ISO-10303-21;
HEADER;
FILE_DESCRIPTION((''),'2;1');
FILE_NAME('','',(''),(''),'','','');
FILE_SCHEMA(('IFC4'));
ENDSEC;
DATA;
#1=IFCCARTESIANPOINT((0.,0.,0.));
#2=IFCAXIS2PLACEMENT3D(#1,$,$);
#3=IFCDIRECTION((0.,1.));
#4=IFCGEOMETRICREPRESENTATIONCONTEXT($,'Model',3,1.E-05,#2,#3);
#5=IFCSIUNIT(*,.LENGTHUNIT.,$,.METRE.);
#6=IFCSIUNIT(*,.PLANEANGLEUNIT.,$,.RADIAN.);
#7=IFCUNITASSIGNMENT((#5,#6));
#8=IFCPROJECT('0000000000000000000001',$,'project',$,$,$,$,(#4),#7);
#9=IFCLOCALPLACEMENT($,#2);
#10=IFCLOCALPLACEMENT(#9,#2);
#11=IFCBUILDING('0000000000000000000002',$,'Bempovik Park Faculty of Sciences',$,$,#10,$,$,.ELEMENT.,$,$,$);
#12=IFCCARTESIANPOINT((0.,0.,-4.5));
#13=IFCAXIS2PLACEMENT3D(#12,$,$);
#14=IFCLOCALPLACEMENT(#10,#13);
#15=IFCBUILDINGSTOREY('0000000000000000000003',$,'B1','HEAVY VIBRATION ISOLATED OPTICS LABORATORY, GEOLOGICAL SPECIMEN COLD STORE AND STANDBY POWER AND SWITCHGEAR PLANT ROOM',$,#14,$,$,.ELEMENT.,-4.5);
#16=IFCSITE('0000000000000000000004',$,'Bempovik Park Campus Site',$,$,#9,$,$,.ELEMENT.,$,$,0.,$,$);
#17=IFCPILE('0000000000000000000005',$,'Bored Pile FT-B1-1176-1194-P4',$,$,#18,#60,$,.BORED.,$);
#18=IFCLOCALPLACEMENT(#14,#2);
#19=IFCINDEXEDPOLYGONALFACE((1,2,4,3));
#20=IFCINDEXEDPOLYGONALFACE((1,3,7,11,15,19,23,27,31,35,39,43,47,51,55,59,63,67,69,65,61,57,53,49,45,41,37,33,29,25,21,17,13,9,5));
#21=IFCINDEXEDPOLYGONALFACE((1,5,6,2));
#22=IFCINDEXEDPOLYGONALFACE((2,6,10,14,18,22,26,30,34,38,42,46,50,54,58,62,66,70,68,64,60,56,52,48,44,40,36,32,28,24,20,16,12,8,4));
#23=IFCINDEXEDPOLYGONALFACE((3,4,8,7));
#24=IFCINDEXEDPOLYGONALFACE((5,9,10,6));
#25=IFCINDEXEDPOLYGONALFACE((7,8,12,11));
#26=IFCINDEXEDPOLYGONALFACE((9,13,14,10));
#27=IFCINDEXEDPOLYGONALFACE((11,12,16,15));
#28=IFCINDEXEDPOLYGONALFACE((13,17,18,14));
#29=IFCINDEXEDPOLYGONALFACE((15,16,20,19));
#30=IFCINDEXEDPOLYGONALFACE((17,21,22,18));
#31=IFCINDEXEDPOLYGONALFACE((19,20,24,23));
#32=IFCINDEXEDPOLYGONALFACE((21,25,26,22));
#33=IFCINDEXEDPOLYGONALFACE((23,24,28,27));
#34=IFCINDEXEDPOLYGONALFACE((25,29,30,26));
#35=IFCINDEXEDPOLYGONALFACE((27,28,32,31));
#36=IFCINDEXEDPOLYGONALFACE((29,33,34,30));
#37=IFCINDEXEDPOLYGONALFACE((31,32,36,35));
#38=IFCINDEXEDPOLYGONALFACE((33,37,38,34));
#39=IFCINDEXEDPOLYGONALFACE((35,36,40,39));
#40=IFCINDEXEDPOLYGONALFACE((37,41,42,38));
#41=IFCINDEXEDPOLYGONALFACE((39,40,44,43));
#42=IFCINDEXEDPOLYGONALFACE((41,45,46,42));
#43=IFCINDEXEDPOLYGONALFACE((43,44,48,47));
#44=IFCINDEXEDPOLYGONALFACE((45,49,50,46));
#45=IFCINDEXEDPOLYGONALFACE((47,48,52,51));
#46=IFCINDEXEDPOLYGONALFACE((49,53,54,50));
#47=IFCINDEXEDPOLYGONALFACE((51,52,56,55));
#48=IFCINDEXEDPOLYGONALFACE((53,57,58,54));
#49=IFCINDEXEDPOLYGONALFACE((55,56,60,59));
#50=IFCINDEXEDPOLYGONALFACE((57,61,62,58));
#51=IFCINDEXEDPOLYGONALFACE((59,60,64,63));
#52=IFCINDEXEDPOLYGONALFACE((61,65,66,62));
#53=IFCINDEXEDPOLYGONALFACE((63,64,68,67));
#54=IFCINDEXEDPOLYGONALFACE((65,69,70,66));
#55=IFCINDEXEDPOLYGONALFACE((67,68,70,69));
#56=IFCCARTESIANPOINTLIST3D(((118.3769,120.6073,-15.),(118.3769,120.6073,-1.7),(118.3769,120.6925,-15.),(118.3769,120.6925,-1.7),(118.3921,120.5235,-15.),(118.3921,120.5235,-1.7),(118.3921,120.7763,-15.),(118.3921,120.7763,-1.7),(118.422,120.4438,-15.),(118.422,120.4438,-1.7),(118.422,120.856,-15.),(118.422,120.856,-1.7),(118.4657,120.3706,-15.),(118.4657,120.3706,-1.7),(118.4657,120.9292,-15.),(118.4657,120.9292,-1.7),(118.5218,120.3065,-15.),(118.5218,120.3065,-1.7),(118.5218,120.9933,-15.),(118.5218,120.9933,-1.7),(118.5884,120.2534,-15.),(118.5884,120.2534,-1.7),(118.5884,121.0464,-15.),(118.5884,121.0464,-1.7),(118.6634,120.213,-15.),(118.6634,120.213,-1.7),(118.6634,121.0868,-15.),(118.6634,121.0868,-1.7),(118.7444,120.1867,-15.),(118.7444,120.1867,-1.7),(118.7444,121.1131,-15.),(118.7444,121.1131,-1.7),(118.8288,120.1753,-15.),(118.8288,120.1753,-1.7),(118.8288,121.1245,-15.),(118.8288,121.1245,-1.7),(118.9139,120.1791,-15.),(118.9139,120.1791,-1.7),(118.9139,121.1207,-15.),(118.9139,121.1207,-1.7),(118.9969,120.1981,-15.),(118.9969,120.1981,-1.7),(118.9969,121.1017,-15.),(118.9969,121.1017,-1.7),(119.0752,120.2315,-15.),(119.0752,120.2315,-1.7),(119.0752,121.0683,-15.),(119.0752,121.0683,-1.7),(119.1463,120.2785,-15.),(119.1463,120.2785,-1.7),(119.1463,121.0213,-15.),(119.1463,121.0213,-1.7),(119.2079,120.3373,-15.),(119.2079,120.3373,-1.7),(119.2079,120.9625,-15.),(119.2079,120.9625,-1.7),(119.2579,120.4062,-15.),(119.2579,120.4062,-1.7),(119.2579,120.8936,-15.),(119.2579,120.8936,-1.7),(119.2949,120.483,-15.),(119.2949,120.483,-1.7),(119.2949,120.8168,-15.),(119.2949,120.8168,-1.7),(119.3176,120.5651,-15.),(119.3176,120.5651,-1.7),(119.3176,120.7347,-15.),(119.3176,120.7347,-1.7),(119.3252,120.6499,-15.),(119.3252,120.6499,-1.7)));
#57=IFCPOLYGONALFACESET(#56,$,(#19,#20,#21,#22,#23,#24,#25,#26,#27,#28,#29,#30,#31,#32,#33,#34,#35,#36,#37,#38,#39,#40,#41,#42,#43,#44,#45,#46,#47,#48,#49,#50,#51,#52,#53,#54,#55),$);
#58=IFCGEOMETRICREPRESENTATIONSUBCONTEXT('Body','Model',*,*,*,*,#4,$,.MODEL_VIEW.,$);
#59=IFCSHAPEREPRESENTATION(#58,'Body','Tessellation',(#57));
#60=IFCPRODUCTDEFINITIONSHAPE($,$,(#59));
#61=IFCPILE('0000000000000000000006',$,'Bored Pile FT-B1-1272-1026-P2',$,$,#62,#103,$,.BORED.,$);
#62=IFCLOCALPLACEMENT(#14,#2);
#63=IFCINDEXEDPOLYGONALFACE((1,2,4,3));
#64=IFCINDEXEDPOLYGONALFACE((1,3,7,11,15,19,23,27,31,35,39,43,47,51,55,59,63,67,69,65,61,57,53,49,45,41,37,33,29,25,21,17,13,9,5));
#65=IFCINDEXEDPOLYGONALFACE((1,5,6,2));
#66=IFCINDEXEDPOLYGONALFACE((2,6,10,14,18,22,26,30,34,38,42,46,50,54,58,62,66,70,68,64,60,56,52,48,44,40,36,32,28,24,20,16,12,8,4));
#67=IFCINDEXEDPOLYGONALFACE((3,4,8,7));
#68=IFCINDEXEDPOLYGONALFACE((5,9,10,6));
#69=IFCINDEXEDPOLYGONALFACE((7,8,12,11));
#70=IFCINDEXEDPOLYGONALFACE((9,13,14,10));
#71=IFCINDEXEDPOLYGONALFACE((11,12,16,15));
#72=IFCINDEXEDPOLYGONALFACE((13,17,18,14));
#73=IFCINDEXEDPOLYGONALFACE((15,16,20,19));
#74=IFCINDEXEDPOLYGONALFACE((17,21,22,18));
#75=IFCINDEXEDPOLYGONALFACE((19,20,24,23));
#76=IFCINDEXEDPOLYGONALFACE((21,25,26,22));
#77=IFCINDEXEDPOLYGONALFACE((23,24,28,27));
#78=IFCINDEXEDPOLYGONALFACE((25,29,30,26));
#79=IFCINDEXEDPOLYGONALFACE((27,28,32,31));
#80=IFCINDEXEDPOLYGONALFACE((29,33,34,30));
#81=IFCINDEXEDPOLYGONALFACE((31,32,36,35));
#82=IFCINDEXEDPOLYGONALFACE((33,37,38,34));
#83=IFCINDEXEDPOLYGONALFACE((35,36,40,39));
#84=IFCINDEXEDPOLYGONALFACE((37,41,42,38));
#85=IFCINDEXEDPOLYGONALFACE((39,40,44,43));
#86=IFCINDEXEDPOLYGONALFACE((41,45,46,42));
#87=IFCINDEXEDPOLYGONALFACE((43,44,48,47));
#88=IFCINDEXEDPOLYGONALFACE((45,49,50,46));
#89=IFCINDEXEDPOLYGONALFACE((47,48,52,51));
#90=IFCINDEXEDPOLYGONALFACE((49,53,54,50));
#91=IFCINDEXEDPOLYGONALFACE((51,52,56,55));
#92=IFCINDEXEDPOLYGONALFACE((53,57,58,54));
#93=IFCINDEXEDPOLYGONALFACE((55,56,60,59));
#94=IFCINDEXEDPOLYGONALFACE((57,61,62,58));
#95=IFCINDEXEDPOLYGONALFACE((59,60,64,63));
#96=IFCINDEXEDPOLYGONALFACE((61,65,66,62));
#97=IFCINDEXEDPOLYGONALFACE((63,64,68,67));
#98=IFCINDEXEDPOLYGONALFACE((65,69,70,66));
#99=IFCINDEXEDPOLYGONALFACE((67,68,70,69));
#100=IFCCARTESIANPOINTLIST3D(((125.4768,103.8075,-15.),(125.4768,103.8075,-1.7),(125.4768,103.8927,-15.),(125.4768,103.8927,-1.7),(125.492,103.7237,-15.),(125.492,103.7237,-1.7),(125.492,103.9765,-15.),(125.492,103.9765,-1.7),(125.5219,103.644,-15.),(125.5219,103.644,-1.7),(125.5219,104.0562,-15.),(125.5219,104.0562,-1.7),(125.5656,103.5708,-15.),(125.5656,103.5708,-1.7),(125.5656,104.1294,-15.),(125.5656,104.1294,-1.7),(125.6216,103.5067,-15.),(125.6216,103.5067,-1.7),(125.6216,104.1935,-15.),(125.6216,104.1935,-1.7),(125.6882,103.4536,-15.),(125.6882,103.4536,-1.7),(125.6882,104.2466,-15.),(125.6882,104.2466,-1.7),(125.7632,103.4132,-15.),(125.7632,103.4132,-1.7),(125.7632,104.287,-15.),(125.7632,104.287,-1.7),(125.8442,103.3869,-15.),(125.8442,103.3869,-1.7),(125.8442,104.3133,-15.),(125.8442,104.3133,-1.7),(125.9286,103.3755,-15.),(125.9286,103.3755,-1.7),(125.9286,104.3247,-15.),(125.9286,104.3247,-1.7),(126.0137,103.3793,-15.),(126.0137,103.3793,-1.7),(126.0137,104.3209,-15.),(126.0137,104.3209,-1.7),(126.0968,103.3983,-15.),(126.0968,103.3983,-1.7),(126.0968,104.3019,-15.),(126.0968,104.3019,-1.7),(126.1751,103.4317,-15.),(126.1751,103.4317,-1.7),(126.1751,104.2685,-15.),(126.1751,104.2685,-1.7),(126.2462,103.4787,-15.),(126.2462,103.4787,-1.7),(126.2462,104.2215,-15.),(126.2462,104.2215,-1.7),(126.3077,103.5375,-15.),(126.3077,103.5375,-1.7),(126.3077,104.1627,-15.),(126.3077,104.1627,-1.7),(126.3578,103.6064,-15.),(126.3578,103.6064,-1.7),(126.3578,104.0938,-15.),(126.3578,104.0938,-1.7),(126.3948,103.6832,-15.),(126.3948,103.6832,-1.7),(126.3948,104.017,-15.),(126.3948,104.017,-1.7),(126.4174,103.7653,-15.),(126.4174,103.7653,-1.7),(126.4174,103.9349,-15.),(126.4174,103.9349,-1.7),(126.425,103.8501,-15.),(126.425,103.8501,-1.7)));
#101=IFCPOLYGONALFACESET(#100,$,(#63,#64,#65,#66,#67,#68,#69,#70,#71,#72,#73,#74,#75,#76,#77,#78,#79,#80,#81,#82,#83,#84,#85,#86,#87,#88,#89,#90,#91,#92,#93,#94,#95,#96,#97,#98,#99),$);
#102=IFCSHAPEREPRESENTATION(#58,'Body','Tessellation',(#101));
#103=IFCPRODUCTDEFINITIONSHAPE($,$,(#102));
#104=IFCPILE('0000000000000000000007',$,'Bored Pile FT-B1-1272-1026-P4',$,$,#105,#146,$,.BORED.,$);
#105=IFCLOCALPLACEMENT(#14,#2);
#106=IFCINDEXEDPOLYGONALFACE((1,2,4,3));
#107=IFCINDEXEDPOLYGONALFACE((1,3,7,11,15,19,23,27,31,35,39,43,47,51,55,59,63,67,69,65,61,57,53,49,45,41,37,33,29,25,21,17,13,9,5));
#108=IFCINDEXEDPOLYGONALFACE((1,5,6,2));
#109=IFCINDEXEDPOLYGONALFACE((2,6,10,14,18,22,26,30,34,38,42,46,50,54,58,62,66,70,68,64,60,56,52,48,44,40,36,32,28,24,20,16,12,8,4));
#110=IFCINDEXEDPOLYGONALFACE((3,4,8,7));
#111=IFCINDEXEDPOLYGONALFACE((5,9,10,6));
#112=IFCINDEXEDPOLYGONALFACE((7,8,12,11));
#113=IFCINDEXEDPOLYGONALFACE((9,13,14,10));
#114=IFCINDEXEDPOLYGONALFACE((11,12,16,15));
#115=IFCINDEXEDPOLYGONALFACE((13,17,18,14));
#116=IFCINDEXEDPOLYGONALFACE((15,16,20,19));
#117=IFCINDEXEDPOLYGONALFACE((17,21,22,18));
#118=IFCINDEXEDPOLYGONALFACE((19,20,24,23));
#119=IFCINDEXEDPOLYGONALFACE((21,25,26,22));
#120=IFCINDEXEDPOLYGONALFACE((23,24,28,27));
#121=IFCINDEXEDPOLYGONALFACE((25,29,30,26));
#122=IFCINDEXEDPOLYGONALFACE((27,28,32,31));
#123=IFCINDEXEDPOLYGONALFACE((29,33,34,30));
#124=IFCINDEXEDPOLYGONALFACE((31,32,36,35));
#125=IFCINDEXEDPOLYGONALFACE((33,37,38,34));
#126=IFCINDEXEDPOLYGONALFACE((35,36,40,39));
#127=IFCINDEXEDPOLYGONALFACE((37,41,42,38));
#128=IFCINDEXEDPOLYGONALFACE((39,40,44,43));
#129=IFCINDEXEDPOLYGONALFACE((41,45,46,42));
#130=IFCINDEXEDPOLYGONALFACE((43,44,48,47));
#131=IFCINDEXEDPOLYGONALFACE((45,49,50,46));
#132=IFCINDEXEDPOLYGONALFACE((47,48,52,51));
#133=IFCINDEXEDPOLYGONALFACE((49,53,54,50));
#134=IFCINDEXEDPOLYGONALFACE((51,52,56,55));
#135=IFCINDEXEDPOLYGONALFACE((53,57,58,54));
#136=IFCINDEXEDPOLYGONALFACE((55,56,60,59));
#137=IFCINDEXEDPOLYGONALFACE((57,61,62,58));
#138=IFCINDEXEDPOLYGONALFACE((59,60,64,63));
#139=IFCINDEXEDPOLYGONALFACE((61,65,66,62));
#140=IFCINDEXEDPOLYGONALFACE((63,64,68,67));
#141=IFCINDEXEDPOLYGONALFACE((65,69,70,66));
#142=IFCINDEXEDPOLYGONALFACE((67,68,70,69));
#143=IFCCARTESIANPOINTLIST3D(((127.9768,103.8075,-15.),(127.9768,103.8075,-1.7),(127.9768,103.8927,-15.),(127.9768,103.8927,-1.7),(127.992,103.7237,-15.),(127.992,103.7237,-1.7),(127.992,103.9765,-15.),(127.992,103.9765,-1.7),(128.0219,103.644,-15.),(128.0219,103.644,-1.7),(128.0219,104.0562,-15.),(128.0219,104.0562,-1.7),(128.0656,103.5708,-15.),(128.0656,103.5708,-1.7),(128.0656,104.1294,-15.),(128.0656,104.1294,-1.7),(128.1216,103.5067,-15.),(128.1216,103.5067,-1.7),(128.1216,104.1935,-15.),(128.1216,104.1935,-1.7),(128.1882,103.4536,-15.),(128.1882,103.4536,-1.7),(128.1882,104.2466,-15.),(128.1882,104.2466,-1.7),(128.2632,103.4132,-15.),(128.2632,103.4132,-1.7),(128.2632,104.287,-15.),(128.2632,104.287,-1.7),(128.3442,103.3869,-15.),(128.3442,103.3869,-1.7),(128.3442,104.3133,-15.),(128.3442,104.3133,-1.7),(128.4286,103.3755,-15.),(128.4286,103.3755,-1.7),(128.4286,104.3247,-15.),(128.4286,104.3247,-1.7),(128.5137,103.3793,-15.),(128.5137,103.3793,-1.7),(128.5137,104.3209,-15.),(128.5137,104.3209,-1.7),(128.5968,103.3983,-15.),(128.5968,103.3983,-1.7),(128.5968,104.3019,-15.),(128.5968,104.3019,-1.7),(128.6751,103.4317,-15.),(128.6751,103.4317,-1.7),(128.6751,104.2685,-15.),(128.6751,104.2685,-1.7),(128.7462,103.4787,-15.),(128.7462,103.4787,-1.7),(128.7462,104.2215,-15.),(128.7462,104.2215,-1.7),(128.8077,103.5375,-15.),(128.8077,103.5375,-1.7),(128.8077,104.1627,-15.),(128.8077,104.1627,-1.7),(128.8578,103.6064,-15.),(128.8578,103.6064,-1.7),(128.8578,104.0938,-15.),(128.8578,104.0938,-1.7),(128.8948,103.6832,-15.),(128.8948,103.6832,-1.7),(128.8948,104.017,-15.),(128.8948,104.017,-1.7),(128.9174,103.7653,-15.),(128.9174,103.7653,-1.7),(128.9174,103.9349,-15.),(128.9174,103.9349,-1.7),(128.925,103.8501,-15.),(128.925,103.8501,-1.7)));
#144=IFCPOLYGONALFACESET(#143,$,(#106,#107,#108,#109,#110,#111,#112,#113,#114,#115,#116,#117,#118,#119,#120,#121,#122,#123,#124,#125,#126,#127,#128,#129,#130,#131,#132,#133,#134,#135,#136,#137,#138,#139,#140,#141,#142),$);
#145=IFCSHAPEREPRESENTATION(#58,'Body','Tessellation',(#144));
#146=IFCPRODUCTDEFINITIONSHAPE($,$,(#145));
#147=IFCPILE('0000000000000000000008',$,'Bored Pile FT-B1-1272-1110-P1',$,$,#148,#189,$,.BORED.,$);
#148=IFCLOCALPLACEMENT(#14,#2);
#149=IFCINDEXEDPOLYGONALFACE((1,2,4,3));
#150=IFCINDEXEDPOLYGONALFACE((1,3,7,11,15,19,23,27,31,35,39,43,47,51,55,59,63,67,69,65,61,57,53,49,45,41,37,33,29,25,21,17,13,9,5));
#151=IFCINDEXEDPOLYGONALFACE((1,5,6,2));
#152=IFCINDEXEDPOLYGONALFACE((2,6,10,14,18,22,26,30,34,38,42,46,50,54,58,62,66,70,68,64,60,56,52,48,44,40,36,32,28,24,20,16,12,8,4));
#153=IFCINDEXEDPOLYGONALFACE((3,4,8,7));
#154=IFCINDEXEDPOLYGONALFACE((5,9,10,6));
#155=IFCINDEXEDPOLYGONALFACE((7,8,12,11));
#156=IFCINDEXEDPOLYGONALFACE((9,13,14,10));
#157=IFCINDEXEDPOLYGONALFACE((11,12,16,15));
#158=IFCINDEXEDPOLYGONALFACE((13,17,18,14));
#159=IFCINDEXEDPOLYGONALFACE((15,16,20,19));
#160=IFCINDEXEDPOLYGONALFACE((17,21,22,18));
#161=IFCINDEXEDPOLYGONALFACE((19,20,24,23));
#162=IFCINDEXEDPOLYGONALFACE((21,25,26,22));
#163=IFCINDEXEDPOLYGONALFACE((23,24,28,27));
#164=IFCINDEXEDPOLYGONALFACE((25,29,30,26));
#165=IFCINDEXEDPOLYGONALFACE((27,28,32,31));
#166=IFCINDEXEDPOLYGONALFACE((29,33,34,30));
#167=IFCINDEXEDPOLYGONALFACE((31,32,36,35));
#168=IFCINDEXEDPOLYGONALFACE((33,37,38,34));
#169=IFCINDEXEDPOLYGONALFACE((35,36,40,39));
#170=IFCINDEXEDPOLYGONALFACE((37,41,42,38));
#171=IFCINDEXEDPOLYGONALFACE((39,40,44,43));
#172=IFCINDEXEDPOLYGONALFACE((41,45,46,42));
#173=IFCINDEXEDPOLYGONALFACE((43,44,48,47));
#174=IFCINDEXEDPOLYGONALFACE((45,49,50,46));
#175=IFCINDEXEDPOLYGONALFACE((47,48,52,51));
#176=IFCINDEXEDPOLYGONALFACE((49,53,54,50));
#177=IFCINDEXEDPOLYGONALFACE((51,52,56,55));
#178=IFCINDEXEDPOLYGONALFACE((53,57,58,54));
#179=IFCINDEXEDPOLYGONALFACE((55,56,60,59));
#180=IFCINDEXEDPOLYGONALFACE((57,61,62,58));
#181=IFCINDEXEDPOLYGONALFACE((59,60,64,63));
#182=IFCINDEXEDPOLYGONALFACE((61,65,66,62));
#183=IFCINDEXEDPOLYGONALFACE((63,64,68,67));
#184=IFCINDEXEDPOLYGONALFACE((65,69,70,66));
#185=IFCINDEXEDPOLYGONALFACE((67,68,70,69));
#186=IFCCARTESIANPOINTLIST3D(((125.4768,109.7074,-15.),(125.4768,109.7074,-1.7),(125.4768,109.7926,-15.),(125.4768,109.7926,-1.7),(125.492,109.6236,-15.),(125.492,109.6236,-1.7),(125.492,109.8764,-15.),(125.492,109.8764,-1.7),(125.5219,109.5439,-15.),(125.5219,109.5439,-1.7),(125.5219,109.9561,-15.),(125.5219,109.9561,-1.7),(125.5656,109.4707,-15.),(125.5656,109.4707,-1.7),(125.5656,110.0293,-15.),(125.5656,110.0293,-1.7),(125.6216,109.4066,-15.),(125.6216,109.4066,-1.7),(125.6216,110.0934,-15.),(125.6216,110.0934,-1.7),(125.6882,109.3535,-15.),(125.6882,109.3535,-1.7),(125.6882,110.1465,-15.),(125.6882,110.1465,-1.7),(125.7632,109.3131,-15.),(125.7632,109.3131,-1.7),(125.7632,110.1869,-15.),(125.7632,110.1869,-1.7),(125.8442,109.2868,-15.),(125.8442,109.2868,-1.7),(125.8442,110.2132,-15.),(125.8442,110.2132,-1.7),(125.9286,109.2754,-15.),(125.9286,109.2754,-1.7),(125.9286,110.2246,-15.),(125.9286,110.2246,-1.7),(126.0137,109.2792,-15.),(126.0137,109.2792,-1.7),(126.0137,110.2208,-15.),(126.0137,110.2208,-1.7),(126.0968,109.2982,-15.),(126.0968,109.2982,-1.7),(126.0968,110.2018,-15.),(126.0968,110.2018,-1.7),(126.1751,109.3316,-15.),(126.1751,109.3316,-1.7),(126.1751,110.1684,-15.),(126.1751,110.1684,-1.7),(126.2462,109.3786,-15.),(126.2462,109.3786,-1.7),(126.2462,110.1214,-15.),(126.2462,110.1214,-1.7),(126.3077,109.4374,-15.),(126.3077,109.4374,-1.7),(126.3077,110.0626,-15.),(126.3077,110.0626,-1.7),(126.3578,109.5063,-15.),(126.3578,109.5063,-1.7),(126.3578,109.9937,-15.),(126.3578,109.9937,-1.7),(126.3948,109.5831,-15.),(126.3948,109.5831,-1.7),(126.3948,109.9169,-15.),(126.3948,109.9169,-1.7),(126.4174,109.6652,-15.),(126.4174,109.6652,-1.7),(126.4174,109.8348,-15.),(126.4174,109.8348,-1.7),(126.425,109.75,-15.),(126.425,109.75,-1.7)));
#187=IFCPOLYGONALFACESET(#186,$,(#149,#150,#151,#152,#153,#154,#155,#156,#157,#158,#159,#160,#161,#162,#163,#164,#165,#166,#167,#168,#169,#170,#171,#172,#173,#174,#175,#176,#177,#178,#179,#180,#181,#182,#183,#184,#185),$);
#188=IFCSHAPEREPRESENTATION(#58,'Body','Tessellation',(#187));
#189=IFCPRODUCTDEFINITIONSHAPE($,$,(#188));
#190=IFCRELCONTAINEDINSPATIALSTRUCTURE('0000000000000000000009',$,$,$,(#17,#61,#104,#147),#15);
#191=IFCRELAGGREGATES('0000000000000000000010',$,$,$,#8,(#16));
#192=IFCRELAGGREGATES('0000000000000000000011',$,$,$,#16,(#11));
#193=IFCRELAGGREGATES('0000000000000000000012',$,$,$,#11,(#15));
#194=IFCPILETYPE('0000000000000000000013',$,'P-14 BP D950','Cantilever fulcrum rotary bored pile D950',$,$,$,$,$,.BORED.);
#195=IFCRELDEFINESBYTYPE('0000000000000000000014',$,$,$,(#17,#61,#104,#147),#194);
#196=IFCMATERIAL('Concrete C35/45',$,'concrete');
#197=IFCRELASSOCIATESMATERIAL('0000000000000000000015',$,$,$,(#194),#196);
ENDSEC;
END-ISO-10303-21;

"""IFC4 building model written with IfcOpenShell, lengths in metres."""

from ifc_helpers import new_model, si_unit, direction, frame, origin, origin_2d, place, context, subcontext, project, spatial, circle, extrude, material, material_profile, profile_set, type_object, element, save


model = new_model("IFC4")

# Units and contexts
model_context = context("Model", 3, precision=1e-05, world=origin(), true_north=direction((0.0, 1.0)))
body_context = subcontext(model_context, "Body", "Model", "MODEL_VIEW")
ifc_project = project(units=[si_unit("LENGTHUNIT", "METRE"), si_unit("PLANEANGLEUNIT", "RADIAN")], contexts=[model_context])

# Site, building, storey
site_placement = place(None, origin())
site = spatial("IfcSite", under=ifc_project, at=site_placement, Name="Bempovik Park Campus Site", CompositionType="ELEMENT", RefElevation=0.0)
building_placement = place(site_placement, origin())
building = spatial("IfcBuilding", under=site, at=building_placement, Name="Bempovik Park Faculty of Sciences", CompositionType="ELEMENT")
storey_placement = place(building_placement, frame((0.0, 0.0, -4.5)))
storey = spatial("IfcBuildingStorey", under=building, at=storey_placement, Name="B1", Description="HEAVY VIBRATION ISOLATED OPTICS LABORATORY, GEOLOGICAL SPECIMEN COLD STORE AND STANDBY POWER AND SWITCHGEAR PLANT ROOM", CompositionType="ELEMENT", Elevation=-4.5)

# Shared definitions
ifc_material_1 = material(Name="Concrete C35/45", Category="concrete")

# Piles
ifc_material_profile_1 = material_profile(ifc_material_1, circle(Radius=0.4751, at=origin_2d()), Name="BP D950")
ifc_profile_set_1 = profile_set([ifc_material_profile_1], Name="Concrete C35/45")
pile_type = type_object("IfcPileType", Name="P-14 BP D950", Description="Cantilever fulcrum rotary bored pile D950", PredefinedType="BORED", material=ifc_profile_set_1)
for number, where, z_axis, x_axis, name in (
    (1, (118.8501, 120.6499, -1.7), (0.0, 0.0, -1.0), (1.0, 0.0, 0.0), "Bored Pile FT-B1-1176-1194-P4"),
    (2, (125.95, 103.8501, -1.7), (0.0, 0.0, -1.0), (1.0, 0.0, 0.0), "Bored Pile FT-B1-1272-1026-P2"),
    (3, (128.45, 103.8501, -1.7), (0.0, 0.0, -1.0), (1.0, 0.0, 0.0), "Bored Pile FT-B1-1272-1026-P4"),
    (4, (125.95, 109.75, -1.7), (0.0, 0.0, -1.0), (1.0, 0.0, 0.0), "Bored Pile FT-B1-1272-1110-P1"),
):
    element("IfcPile", number, at=place(storey_placement, frame(where, z_axis=z_axis, x_axis=x_axis)), inside=storey, type_object=pile_type, Name=name, PredefinedType="BORED", context=body_context, shape_type="SweptSolid", body=[
        extrude(circle(Radius=0.4751, at=origin_2d()), origin(), (0.0, 0.0, 1.0), 13.3),
    ])

save(model, "model.ifc")
